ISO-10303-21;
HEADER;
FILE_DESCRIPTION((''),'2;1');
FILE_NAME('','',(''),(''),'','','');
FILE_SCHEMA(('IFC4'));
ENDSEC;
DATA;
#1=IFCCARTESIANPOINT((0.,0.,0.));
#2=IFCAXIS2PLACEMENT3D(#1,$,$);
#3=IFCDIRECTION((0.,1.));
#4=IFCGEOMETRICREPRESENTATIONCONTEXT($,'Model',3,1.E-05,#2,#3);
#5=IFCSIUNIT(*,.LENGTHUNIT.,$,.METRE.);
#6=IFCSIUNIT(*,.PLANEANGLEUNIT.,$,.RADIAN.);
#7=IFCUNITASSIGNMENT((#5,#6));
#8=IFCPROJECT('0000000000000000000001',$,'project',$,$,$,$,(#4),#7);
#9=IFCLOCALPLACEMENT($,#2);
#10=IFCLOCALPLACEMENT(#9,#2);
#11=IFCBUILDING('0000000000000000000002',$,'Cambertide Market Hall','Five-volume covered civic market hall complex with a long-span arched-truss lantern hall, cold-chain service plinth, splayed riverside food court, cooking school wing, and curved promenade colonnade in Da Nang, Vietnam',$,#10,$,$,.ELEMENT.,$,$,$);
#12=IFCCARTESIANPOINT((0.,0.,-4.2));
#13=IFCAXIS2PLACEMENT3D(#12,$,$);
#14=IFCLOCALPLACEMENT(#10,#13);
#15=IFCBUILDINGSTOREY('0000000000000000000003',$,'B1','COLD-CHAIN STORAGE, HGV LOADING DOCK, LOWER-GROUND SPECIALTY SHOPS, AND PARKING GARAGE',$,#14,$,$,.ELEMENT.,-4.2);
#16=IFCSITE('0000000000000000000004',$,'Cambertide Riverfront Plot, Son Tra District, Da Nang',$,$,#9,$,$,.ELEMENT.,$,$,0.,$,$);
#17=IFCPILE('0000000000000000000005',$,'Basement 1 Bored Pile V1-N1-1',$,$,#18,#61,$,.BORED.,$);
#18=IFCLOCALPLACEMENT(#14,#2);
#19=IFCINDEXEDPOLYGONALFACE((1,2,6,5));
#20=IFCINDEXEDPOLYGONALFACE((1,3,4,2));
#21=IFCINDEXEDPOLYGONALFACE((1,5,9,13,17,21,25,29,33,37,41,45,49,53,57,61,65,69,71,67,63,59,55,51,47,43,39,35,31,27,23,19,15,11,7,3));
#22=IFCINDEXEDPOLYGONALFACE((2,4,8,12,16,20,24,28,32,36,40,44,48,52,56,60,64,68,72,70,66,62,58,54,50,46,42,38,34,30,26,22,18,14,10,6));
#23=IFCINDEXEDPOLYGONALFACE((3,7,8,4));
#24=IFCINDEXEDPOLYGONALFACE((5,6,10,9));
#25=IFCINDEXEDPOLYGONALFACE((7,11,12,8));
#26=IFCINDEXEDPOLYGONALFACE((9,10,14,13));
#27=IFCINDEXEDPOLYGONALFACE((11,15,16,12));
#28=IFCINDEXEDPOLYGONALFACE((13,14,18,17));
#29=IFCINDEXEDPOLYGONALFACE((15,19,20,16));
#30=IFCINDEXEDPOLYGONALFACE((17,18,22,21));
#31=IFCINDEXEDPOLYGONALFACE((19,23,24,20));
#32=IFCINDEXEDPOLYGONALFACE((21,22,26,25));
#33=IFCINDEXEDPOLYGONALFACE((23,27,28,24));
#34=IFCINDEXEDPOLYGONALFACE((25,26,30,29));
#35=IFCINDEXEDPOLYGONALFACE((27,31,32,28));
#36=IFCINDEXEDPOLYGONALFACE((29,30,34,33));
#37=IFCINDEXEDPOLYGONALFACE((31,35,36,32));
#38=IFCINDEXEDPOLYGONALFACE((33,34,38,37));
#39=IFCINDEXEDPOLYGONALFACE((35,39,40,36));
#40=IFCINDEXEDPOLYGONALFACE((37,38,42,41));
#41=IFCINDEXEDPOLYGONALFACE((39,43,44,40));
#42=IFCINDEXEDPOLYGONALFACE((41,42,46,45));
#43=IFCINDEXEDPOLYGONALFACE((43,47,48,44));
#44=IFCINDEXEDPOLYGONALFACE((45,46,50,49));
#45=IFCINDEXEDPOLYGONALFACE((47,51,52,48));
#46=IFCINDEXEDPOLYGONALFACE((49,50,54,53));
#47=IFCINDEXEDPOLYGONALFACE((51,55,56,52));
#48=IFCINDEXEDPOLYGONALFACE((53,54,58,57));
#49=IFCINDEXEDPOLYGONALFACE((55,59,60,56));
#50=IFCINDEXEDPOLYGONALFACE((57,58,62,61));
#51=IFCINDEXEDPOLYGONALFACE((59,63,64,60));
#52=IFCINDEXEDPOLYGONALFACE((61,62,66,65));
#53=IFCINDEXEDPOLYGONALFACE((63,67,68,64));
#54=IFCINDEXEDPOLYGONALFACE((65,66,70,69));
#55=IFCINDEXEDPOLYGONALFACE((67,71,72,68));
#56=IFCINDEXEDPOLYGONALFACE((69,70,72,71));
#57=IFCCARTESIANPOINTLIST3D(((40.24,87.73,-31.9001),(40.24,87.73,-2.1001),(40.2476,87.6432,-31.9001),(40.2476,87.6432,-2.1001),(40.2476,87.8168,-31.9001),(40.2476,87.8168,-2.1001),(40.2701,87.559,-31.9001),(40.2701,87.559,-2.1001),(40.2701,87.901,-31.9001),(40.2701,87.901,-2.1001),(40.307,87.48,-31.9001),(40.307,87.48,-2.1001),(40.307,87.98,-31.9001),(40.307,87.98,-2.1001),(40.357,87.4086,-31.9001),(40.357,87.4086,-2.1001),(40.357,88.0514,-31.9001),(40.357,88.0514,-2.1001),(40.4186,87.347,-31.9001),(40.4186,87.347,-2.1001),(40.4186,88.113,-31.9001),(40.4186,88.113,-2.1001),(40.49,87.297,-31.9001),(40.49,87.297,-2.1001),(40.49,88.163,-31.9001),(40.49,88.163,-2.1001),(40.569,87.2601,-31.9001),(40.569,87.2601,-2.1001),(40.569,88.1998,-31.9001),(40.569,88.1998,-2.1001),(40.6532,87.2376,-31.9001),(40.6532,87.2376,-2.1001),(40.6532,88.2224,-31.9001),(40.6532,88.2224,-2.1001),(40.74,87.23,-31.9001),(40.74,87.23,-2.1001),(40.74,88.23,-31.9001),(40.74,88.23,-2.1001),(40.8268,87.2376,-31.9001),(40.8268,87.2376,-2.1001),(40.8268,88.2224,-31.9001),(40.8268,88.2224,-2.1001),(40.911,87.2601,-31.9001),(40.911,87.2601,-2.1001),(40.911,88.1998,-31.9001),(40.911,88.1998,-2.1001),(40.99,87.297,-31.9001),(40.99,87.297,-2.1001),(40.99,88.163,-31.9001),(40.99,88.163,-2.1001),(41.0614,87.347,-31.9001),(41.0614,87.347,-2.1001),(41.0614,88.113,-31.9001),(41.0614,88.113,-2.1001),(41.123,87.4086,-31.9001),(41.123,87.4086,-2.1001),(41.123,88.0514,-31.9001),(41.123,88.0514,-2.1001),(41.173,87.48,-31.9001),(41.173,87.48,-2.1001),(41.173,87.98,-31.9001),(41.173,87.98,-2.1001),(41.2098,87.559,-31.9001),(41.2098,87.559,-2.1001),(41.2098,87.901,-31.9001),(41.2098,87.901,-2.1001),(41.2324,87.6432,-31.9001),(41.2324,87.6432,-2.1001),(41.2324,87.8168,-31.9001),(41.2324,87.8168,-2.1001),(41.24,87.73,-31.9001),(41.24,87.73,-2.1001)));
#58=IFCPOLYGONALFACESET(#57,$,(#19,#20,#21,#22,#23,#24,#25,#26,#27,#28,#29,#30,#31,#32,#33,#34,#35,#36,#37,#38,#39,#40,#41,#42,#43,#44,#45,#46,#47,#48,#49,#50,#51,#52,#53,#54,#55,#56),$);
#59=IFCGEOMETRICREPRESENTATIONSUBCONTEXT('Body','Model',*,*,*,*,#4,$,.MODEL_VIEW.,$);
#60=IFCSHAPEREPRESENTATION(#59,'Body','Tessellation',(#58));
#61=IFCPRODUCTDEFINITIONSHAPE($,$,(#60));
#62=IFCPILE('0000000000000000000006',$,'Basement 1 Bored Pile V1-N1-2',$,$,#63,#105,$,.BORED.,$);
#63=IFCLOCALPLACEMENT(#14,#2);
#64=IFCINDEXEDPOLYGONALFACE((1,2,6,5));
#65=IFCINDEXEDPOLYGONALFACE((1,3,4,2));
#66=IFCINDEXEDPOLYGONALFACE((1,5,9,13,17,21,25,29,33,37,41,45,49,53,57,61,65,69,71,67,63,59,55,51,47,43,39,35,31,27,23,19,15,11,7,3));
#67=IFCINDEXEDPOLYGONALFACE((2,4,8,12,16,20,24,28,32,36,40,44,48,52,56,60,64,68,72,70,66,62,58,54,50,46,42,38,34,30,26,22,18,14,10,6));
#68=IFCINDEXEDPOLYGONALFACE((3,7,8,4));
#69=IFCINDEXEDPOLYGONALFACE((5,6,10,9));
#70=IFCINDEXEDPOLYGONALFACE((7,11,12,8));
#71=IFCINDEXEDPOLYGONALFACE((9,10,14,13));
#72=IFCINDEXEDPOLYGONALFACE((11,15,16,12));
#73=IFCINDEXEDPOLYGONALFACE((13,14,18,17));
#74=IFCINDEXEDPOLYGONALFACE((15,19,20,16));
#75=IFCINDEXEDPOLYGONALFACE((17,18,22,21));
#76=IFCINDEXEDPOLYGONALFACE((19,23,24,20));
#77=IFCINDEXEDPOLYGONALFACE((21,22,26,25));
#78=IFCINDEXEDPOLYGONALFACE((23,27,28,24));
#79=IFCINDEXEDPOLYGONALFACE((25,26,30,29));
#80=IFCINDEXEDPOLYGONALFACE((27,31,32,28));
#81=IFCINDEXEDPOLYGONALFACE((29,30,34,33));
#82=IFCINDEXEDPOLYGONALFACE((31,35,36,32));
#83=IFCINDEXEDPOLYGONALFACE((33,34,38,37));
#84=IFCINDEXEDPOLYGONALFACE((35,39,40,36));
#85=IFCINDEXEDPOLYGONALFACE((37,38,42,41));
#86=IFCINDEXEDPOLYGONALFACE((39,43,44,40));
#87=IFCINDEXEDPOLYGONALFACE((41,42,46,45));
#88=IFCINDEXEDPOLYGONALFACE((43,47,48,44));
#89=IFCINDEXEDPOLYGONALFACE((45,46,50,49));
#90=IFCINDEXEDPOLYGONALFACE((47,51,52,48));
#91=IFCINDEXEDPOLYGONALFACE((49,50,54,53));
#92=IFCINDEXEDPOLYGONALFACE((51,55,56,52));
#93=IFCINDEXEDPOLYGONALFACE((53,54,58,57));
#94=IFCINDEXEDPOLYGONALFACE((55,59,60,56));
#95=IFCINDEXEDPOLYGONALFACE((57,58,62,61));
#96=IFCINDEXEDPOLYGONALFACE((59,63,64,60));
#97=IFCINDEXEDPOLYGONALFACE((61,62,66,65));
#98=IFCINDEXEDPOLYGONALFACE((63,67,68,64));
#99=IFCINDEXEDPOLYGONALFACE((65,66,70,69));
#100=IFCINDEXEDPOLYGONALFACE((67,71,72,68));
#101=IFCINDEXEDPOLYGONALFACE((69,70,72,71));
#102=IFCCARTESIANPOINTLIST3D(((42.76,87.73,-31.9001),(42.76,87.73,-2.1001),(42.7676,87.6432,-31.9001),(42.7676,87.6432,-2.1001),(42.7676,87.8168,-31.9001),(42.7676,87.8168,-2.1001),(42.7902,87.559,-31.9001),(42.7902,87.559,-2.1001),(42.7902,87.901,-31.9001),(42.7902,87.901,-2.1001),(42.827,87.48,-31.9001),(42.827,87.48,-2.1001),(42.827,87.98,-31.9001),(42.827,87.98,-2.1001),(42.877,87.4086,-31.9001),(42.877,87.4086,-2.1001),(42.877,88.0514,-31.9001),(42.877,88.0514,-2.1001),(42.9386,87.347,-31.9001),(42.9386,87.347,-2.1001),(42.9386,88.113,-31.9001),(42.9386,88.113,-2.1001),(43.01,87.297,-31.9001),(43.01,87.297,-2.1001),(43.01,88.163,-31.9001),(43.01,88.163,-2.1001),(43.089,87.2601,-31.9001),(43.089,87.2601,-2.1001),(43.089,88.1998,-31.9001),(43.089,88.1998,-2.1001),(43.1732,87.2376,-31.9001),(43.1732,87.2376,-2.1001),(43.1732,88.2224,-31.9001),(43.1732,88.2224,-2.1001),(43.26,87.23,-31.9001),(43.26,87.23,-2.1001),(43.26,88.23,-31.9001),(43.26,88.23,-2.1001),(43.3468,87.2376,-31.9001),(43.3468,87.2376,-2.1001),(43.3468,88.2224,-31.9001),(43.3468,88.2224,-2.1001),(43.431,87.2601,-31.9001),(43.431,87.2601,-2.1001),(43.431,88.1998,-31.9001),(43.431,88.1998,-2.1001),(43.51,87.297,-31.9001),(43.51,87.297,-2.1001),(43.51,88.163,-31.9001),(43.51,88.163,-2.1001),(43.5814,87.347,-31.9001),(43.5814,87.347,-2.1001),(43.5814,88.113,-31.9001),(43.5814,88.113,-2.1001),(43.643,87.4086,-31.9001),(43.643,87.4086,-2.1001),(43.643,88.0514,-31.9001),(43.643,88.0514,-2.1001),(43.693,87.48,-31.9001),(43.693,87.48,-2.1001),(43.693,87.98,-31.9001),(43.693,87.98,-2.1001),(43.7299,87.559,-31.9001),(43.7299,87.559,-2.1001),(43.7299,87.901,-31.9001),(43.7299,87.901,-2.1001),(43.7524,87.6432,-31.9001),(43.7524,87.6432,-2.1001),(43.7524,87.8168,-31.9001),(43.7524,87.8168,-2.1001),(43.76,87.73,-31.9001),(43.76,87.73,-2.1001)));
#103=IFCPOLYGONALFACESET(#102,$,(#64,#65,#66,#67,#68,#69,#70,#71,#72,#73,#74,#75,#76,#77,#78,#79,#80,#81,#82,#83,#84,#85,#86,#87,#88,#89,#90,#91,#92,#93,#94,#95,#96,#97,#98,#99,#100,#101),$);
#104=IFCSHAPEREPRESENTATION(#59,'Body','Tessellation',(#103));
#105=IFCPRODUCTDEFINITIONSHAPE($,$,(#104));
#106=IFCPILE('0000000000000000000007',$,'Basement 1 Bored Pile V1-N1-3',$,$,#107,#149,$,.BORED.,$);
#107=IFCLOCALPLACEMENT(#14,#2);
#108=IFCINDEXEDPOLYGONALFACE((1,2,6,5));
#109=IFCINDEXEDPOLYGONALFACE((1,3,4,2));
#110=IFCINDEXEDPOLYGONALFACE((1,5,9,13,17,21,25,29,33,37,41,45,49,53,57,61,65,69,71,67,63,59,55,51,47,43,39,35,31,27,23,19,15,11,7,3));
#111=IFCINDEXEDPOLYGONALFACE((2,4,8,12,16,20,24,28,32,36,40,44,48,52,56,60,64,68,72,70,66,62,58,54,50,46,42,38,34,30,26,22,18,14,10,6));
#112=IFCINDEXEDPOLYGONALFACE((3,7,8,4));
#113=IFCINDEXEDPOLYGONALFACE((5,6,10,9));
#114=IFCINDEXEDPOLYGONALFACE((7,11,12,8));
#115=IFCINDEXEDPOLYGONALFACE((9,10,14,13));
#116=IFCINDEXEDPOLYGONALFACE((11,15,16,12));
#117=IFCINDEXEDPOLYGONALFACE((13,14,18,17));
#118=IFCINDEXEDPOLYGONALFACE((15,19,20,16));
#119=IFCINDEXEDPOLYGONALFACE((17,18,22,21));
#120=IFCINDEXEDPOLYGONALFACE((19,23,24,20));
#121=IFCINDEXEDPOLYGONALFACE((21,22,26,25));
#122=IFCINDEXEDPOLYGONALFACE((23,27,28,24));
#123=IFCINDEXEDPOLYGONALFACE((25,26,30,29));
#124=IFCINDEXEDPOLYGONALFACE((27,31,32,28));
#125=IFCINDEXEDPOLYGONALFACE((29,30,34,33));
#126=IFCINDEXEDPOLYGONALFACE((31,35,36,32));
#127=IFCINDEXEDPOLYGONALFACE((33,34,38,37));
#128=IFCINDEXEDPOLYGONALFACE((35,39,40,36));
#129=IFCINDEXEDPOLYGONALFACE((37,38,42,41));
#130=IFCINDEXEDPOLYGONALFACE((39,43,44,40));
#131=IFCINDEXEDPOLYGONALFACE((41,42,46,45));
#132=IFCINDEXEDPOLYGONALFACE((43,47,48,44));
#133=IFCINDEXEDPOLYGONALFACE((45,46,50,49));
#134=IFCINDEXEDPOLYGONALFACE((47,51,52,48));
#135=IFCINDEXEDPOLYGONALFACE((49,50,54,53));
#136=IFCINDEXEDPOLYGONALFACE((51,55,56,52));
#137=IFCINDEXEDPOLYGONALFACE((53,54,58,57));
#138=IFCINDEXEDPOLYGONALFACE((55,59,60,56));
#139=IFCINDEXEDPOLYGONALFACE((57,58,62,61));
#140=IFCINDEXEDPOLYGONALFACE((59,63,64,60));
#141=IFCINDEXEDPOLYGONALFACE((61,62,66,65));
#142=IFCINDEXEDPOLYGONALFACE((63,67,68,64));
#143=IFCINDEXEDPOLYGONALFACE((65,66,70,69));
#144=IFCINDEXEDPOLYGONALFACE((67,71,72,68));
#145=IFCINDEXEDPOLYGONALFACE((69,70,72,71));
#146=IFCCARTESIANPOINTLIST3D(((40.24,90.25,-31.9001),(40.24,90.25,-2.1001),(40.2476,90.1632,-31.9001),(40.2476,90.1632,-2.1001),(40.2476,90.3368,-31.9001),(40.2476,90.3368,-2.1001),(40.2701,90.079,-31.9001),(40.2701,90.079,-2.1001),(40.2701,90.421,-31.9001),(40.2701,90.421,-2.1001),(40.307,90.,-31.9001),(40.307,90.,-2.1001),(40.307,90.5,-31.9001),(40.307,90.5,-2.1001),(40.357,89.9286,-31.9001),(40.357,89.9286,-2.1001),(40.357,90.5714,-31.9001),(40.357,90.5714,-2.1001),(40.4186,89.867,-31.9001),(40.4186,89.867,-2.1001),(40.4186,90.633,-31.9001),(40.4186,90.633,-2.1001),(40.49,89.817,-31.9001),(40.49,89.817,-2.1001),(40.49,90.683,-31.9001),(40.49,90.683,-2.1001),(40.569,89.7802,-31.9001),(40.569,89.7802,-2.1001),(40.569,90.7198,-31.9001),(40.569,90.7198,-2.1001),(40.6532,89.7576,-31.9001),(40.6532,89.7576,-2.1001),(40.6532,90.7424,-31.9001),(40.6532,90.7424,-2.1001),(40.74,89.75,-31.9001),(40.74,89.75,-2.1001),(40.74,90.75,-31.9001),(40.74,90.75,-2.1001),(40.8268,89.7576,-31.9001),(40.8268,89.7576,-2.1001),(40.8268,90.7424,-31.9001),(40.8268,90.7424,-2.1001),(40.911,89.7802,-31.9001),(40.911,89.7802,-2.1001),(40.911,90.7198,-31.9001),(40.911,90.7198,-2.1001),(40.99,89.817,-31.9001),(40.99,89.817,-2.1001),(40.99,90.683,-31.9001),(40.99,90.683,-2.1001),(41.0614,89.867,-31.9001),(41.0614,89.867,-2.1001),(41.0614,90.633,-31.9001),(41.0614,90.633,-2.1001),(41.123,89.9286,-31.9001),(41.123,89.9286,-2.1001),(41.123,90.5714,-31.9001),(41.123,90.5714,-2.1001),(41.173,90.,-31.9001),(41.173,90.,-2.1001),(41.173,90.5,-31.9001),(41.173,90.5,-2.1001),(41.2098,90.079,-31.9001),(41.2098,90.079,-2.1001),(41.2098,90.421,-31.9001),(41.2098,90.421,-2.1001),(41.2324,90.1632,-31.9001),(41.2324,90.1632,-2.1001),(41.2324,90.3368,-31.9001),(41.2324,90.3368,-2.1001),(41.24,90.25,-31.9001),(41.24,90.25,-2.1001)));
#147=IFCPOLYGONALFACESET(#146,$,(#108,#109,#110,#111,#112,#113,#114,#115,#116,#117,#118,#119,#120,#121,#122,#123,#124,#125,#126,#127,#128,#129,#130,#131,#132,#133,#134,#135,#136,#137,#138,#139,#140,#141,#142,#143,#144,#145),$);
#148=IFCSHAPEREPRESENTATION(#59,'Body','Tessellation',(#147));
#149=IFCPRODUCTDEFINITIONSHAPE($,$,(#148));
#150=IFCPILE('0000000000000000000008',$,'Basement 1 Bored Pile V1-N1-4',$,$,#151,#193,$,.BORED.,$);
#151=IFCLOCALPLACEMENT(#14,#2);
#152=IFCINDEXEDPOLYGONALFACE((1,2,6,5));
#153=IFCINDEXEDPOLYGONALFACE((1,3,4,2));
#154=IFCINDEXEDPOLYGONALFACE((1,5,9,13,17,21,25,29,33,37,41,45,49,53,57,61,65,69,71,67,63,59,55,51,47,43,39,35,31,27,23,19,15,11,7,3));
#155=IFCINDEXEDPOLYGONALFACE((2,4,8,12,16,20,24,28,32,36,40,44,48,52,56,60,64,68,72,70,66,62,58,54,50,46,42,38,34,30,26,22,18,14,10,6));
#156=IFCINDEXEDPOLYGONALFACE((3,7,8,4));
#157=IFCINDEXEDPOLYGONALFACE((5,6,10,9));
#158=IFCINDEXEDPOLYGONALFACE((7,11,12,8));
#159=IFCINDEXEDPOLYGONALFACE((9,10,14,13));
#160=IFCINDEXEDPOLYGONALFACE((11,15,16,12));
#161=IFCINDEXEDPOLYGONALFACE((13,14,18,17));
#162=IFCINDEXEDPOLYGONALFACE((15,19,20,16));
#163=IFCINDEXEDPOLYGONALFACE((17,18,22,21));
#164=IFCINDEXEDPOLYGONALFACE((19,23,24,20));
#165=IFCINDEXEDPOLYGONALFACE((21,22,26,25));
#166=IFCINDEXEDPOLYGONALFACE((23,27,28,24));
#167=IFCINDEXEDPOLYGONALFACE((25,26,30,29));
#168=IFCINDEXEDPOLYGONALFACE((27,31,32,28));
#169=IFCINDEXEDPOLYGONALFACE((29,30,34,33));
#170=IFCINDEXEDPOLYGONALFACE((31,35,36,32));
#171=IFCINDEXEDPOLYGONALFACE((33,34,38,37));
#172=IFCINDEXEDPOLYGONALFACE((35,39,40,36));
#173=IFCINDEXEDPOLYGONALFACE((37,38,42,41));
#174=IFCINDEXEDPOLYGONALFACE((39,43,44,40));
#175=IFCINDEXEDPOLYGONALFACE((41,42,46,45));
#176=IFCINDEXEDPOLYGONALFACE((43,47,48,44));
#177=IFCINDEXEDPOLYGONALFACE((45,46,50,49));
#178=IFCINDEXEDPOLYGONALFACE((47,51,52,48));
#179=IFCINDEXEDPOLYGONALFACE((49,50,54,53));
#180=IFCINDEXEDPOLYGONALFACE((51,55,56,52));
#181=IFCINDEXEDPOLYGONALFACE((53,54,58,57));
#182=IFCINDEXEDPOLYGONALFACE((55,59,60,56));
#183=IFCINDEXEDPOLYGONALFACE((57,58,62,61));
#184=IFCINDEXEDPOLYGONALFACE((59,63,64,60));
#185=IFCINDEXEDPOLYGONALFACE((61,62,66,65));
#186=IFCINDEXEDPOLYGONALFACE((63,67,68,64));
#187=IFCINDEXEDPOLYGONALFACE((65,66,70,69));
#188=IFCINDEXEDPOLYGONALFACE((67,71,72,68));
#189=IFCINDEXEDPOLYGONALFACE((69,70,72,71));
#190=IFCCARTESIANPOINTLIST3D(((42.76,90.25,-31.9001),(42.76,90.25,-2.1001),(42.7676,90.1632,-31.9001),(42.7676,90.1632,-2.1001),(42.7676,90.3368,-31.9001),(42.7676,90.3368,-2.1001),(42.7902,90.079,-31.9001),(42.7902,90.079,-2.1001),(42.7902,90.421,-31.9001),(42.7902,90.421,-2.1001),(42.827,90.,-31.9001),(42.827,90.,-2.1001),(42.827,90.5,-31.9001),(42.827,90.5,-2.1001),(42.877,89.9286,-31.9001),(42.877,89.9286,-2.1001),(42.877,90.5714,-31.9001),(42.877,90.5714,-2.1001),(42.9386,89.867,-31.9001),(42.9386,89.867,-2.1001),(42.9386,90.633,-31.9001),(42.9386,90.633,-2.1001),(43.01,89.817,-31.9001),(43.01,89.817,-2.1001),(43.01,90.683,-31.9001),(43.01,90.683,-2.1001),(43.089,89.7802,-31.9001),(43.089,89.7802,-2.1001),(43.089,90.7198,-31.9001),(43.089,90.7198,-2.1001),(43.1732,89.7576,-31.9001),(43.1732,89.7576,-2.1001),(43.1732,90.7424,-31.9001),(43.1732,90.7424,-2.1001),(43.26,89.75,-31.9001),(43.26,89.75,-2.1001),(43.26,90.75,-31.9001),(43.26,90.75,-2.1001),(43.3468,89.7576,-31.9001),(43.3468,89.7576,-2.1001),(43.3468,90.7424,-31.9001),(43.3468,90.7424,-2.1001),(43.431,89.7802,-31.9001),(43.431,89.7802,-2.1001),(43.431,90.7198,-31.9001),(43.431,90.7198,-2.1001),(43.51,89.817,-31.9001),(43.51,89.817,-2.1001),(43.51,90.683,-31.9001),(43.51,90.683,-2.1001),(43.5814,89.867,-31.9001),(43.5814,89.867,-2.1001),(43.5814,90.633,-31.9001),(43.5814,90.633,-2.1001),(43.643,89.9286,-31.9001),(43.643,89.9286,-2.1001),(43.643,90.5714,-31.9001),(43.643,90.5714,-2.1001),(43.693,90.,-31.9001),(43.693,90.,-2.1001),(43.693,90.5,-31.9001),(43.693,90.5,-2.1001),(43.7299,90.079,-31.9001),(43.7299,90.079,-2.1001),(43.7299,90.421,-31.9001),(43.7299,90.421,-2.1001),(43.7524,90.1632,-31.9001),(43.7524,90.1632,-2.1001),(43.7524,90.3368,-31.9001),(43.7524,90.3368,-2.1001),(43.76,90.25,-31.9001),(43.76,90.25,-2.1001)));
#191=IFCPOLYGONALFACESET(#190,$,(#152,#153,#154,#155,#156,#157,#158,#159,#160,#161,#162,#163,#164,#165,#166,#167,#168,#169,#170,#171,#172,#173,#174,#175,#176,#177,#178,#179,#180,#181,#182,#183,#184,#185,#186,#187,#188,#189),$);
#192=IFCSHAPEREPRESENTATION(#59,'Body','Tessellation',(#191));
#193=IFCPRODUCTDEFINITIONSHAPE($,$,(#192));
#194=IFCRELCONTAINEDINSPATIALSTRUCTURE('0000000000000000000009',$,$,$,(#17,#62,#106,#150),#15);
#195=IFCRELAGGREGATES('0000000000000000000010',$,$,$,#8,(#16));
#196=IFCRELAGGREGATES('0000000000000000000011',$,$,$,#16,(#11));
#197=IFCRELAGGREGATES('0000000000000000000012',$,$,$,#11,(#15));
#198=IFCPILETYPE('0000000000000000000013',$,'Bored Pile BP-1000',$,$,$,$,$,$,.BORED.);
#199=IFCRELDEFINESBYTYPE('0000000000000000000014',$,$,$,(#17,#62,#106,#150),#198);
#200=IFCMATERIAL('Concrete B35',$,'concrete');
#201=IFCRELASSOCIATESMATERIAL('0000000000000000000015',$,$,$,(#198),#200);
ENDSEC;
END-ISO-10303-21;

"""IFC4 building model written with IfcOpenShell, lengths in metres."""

from ifc_helpers import new_model, si_unit, direction, frame, origin, origin_2d, place, context, subcontext, project, spatial, circle, extrude, material, material_profile, profile_set, type_object, element, save


model = new_model("IFC4")

# Units and contexts
model_context = context("Model", 3, precision=1e-05, world=origin(), true_north=direction((0.0, 1.0)))
body_context = subcontext(model_context, "Body", "Model", "MODEL_VIEW")
ifc_project = project(units=[si_unit("LENGTHUNIT", "METRE"), si_unit("PLANEANGLEUNIT", "RADIAN")], contexts=[model_context])

# Site, building, storey
site_placement = place(None, origin())
site = spatial("IfcSite", under=ifc_project, at=site_placement, Name="Cambertide Riverfront Plot, Son Tra District, Da Nang", CompositionType="ELEMENT", RefElevation=0.0)
building_placement = place(site_placement, origin())
building = spatial("IfcBuilding", under=site, at=building_placement, Name="Cambertide Market Hall", Description="Five-volume covered civic market hall complex with a long-span arched-truss lantern hall, cold-chain service plinth, splayed riverside food court, cooking school wing, and curved promenade colonnade in Da Nang, Vietnam", CompositionType="ELEMENT")
storey_placement = place(building_placement, frame((0.0, 0.0, -4.2)))
storey = spatial("IfcBuildingStorey", under=building, at=storey_placement, Name="B1", Description="COLD-CHAIN STORAGE, HGV LOADING DOCK, LOWER-GROUND SPECIALTY SHOPS, AND PARKING GARAGE", CompositionType="ELEMENT", Elevation=-4.2)

# Piles
ifc_material_1 = material(Name="Concrete B35", Category="concrete")
ifc_material_profile_1 = material_profile(ifc_material_1, circle(Radius=0.5, at=origin_2d()), Name="BP D1000")
ifc_profile_set_1 = profile_set([ifc_material_profile_1], Name="Concrete B35")
pile_type_1 = type_object("IfcPileType", Name="Bored Pile BP-1000", PredefinedType="BORED", material=ifc_profile_set_1)
for number, where, z_axis, x_axis, name in (
    (1, (40.74, 87.73, -2.1001), (0.0, 0.0, -1.0), (1.0, 0.0, 0.0), "Basement 1 Bored Pile V1-N1-1"),
    (2, (43.26, 87.73, -2.1001), (0.0, 0.0, -1.0), (1.0, 0.0, 0.0), "Basement 1 Bored Pile V1-N1-2"),
    (3, (40.74, 90.25, -2.1001), (0.0, 0.0, -1.0), (1.0, 0.0, 0.0), "Basement 1 Bored Pile V1-N1-3"),
    (4, (43.26, 90.25, -2.1001), (0.0, 0.0, -1.0), (1.0, 0.0, 0.0), "Basement 1 Bored Pile V1-N1-4"),
):
    element("IfcPile", number, at=place(storey_placement, frame(where, z_axis=z_axis, x_axis=x_axis)), inside=storey, type_object=pile_type_1, Name=name, PredefinedType="BORED", context=body_context, shape_type="SweptSolid", body=[
        extrude(circle(Radius=0.5, at=origin_2d()), origin(), (0.0, 0.0, 1.0), 29.8),
    ])

save(model, "model.ifc")
